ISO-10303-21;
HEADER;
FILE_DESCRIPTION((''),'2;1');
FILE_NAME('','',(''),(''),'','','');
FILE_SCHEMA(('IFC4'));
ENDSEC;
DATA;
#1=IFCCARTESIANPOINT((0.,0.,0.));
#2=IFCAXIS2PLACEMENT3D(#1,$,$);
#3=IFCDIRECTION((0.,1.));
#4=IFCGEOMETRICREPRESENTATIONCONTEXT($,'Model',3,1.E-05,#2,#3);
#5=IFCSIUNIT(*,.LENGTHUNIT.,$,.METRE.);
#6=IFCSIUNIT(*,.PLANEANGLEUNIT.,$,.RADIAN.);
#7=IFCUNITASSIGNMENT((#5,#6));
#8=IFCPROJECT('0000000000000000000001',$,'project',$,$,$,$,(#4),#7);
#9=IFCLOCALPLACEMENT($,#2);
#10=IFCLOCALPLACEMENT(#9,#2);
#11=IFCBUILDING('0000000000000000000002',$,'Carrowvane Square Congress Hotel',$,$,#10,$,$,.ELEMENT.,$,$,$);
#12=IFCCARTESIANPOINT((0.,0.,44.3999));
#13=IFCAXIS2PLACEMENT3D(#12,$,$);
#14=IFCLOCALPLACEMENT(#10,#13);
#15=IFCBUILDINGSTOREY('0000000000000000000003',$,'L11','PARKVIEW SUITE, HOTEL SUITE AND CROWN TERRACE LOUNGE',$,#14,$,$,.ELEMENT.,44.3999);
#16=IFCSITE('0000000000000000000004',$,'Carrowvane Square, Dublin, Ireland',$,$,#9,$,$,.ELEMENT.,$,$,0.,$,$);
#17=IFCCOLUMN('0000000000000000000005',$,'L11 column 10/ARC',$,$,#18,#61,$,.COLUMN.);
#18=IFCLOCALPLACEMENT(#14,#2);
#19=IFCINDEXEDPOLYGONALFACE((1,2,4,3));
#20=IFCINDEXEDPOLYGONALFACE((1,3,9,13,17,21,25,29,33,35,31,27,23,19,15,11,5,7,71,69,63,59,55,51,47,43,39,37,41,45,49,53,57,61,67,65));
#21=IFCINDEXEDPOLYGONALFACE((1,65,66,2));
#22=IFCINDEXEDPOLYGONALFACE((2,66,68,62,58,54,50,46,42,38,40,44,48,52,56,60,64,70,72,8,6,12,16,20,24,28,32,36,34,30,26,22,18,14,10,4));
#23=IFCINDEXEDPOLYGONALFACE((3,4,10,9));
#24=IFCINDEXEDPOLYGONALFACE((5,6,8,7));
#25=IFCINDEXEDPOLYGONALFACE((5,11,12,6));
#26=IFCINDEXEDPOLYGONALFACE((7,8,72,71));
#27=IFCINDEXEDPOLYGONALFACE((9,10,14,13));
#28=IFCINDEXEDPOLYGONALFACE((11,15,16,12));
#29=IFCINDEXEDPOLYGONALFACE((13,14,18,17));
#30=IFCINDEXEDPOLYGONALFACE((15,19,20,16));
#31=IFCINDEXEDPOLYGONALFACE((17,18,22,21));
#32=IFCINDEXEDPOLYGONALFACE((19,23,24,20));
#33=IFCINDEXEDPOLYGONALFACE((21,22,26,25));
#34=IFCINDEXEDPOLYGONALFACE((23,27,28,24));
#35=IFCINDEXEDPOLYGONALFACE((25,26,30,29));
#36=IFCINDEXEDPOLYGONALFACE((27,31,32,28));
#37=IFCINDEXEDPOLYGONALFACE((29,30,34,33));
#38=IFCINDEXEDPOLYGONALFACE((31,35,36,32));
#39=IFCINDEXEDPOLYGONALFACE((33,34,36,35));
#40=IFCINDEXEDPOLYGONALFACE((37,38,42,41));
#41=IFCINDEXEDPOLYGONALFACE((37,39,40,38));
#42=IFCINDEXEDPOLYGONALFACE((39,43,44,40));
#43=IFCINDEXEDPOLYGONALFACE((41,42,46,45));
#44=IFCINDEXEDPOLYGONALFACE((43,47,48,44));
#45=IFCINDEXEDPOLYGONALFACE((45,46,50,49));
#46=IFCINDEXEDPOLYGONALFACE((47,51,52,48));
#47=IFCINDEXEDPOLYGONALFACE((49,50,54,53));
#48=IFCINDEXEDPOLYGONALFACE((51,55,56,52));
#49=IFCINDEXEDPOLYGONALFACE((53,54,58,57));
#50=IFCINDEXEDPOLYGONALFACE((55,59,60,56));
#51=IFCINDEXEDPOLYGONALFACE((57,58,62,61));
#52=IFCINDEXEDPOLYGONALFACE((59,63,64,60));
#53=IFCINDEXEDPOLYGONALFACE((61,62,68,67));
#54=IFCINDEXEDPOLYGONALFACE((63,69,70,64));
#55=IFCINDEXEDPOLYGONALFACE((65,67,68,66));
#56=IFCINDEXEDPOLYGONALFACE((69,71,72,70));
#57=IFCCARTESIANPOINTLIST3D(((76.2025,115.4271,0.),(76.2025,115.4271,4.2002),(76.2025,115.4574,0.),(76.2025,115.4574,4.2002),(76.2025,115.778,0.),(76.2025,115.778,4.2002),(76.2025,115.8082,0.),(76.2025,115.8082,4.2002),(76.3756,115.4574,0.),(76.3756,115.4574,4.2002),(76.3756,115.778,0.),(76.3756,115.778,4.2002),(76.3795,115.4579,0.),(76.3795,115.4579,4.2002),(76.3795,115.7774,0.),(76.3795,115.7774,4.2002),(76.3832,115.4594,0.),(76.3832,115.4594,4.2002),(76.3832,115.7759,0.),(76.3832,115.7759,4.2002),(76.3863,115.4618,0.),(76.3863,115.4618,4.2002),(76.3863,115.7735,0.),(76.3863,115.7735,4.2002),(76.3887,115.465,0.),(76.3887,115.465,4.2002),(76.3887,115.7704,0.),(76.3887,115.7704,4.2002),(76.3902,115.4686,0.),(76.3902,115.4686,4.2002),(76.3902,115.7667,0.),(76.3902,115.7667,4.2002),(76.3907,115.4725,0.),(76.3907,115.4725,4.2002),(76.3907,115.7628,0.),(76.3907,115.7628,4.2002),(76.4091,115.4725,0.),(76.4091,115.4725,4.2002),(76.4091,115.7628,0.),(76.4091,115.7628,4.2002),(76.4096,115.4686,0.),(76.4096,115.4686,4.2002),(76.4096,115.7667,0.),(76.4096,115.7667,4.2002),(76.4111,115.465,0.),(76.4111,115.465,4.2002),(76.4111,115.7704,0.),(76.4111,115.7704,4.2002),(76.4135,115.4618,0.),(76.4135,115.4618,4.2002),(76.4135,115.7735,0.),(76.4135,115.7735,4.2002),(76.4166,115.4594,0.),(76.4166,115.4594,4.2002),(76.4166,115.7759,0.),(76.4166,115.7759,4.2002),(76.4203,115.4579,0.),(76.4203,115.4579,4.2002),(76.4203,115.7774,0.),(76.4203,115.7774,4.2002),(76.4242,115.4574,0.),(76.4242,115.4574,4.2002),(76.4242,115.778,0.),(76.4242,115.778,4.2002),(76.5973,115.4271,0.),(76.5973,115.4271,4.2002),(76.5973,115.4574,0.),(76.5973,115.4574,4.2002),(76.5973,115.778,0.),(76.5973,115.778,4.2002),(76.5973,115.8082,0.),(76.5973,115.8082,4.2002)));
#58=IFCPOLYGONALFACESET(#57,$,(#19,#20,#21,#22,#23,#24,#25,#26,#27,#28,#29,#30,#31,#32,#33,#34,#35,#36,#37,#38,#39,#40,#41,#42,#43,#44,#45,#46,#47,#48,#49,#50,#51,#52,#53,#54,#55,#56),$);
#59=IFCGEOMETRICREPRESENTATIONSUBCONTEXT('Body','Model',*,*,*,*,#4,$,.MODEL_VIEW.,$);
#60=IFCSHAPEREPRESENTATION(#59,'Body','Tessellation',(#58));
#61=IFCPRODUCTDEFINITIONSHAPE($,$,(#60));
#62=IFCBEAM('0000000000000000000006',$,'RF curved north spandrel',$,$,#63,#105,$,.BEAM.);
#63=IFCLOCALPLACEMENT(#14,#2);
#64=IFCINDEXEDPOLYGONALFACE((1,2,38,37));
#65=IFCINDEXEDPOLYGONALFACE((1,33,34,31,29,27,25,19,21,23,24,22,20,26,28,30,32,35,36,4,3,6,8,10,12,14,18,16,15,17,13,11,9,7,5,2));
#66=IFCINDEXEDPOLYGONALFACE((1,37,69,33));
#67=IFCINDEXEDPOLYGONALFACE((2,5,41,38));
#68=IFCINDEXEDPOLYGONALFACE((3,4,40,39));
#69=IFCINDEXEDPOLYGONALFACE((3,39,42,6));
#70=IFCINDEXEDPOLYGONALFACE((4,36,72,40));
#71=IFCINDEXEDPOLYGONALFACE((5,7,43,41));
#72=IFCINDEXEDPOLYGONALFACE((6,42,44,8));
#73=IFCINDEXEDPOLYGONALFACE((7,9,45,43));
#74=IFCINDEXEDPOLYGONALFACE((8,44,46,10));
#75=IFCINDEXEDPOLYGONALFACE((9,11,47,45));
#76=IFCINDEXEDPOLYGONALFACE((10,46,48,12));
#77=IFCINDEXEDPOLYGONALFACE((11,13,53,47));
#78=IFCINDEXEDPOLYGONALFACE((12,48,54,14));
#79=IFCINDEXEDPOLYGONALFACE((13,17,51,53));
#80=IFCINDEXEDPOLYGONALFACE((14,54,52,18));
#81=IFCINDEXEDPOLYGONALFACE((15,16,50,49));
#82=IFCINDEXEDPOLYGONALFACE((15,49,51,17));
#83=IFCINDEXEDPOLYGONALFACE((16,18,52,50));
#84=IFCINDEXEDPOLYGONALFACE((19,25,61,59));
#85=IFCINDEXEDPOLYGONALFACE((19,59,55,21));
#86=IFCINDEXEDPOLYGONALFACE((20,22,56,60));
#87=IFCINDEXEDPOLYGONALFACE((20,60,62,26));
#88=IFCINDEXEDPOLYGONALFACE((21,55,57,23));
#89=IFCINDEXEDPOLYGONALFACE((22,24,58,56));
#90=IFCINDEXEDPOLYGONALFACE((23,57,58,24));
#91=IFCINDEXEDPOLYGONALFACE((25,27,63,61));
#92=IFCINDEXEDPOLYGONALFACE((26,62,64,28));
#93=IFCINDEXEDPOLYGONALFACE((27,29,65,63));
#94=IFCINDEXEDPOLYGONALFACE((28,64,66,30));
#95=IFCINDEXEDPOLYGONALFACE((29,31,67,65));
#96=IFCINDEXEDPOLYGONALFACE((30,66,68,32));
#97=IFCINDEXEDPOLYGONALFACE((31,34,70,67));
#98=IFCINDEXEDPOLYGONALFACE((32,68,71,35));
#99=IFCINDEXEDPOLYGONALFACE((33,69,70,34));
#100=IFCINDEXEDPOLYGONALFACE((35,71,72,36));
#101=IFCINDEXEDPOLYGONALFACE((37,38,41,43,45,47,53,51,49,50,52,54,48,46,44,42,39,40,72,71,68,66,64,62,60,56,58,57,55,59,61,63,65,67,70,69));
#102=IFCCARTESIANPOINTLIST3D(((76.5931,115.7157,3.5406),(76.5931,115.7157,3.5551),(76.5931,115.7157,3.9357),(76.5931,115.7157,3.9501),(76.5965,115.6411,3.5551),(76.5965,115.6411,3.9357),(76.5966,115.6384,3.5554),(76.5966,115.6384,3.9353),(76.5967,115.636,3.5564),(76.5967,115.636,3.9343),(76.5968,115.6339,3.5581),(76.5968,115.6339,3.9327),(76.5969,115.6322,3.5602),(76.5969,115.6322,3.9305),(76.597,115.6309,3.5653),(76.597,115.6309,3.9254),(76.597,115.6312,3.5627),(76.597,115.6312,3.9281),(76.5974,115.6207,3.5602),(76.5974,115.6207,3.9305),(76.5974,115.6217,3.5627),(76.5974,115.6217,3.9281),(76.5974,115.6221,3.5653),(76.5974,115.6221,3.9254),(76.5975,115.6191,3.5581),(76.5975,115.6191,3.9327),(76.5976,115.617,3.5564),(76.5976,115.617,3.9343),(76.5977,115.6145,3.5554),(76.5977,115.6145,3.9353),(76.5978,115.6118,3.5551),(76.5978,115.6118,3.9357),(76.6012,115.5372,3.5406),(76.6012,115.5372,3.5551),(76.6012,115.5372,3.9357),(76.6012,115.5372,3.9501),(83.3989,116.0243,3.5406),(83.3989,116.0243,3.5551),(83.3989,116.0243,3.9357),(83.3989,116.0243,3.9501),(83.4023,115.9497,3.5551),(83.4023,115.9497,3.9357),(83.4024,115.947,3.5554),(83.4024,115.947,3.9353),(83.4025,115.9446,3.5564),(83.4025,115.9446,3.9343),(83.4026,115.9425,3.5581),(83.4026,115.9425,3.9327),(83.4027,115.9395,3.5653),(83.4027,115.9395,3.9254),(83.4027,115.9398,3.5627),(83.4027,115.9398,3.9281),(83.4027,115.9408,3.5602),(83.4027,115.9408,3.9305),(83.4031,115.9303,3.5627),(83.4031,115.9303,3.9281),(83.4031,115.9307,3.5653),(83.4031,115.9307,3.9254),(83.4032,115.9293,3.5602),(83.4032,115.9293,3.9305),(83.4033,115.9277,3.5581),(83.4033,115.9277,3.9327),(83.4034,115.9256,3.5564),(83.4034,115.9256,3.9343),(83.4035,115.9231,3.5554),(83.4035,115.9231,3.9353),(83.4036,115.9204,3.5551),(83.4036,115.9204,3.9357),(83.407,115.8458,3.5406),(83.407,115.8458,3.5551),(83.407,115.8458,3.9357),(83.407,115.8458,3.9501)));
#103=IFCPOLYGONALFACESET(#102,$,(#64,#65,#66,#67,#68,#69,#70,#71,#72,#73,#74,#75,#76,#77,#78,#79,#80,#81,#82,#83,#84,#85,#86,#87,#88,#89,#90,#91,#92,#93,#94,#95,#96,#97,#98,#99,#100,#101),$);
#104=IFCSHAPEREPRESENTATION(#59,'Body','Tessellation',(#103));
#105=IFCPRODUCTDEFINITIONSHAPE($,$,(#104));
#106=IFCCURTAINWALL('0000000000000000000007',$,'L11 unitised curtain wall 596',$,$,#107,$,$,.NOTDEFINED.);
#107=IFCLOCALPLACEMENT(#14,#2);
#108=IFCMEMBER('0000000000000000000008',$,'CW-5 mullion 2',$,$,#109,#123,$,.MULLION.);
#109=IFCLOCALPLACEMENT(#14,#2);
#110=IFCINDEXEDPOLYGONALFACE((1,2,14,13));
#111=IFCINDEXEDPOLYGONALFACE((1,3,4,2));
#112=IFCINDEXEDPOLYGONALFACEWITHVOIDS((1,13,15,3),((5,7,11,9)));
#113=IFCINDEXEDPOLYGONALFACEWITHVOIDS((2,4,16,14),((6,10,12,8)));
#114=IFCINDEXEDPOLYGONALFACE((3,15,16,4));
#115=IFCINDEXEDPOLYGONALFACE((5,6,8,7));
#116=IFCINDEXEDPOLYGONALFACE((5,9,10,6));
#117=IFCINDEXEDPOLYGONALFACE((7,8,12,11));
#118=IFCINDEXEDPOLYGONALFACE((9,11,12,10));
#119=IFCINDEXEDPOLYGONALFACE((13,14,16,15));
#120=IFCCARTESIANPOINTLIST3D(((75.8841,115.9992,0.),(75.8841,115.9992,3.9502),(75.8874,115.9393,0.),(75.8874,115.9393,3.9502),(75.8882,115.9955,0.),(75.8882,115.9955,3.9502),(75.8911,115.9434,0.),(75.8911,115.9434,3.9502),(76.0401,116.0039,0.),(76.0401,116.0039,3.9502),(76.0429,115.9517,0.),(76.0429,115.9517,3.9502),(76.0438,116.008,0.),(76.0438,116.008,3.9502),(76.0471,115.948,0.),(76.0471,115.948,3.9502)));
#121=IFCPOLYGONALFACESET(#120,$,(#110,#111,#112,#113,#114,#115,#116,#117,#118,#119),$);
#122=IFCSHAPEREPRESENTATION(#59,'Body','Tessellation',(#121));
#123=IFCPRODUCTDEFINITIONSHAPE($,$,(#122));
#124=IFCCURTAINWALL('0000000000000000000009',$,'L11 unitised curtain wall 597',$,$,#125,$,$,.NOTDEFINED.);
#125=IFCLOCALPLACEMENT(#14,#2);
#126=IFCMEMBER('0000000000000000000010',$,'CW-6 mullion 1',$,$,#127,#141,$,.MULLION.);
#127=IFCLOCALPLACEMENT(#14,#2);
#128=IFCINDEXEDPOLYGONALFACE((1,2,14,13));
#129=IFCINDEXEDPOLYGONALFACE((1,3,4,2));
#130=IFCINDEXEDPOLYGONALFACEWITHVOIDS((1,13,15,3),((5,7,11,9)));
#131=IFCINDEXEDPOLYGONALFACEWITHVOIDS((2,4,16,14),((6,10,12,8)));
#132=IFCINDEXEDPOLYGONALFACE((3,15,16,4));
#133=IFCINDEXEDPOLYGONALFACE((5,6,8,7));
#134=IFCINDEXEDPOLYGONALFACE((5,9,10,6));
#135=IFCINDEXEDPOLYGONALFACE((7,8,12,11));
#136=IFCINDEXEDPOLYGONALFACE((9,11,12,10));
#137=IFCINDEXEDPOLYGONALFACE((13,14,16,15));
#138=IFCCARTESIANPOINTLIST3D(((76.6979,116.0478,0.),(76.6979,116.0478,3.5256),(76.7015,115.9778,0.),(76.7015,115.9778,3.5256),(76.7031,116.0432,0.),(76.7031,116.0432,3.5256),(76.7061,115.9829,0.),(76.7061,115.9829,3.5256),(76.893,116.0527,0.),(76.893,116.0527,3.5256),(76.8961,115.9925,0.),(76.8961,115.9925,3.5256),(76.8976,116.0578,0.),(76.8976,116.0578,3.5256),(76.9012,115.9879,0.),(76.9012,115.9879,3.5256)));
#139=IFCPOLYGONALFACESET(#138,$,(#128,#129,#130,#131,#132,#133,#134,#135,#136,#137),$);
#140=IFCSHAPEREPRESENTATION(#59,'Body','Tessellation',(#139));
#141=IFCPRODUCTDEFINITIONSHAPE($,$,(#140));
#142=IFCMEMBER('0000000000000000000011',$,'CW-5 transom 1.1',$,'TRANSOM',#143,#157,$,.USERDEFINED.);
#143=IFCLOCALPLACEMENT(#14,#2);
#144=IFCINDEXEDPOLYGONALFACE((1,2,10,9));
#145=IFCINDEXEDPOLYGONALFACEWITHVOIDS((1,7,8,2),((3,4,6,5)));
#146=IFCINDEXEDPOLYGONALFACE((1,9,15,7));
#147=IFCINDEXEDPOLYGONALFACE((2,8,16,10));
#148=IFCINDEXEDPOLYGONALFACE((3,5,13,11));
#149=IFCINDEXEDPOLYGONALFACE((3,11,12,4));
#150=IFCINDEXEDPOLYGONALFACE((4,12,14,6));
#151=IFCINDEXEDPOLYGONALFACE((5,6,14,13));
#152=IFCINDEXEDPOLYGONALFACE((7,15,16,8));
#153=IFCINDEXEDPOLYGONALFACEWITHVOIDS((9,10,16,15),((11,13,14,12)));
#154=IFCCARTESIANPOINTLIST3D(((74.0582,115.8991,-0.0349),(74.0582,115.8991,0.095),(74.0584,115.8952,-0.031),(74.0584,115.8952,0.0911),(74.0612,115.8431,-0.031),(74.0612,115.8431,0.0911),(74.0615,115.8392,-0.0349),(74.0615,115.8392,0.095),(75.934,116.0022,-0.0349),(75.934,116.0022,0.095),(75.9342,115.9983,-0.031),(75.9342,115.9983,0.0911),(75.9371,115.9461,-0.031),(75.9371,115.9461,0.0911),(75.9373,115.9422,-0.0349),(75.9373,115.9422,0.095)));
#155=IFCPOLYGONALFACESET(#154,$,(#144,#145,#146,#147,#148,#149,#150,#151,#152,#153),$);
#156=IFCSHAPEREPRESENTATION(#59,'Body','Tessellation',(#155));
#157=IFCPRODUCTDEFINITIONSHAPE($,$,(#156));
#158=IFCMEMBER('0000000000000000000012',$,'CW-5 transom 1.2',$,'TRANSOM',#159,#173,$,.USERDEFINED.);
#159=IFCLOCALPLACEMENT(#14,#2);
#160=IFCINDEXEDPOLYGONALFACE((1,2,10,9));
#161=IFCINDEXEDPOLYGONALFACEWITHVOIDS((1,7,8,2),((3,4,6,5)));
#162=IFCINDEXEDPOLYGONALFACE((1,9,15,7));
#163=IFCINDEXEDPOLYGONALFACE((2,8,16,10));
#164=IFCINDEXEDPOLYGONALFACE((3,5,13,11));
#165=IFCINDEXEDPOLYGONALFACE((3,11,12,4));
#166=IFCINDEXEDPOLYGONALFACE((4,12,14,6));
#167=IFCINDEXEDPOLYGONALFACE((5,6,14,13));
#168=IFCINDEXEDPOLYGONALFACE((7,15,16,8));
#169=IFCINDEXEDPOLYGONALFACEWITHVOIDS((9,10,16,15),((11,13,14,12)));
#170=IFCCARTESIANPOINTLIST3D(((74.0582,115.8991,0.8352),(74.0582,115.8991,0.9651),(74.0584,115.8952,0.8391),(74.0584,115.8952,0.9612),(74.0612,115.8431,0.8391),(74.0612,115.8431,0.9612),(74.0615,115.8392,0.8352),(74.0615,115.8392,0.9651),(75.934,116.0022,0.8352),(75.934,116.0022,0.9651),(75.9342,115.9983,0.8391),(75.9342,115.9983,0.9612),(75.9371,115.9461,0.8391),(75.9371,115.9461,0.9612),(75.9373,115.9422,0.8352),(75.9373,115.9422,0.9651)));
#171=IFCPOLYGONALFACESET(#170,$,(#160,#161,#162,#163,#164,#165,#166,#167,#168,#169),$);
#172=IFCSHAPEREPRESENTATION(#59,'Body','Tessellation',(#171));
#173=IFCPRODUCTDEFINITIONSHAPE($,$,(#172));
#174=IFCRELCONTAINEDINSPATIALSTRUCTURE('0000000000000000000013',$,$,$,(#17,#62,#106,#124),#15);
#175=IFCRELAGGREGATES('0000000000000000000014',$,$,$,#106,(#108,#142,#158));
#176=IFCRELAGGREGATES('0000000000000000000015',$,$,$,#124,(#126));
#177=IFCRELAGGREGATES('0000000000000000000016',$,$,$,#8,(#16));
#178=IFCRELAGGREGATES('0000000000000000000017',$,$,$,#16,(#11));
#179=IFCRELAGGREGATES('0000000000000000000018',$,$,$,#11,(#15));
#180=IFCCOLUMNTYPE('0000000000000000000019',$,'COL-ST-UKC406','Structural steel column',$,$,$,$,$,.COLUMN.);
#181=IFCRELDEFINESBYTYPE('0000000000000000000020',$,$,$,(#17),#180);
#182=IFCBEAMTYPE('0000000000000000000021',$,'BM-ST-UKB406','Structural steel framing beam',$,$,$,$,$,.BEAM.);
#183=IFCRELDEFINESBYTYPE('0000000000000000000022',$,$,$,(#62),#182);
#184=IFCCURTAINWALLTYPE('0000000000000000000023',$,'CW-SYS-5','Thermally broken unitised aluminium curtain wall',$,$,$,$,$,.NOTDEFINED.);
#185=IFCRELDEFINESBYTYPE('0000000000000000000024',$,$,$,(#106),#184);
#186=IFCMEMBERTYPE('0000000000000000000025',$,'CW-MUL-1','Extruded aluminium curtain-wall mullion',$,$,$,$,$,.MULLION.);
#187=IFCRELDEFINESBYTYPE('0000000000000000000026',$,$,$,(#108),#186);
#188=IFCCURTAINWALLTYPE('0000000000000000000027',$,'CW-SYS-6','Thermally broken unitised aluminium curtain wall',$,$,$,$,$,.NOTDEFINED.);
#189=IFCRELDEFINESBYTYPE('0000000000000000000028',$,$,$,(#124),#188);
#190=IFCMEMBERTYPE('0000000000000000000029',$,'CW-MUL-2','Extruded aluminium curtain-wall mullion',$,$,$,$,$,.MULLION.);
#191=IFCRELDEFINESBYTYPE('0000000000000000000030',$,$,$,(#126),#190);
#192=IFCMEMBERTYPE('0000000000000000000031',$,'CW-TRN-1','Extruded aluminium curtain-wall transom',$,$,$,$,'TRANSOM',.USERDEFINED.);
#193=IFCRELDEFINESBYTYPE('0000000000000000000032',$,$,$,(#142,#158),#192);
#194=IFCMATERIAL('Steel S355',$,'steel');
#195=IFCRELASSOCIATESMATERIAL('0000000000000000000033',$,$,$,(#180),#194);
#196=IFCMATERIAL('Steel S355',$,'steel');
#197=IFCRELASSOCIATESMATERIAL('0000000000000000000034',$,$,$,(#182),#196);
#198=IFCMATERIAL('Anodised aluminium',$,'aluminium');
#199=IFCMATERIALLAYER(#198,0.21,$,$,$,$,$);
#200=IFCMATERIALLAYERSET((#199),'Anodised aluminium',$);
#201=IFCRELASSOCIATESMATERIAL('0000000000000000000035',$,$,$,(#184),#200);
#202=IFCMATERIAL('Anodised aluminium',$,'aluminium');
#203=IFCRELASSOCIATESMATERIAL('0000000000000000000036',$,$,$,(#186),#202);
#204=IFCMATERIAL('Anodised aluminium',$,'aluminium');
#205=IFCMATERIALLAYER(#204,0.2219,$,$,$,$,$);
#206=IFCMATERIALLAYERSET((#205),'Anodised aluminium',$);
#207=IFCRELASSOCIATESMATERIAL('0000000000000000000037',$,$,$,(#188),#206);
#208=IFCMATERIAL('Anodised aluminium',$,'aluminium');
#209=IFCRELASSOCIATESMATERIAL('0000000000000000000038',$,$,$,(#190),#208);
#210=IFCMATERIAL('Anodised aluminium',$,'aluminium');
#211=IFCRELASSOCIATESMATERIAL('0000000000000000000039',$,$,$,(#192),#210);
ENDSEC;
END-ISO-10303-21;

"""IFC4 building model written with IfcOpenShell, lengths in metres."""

from ifc_helpers import new_model, si_unit, direction, frame, origin, origin_2d, place, context, subcontext, project, spatial, hollow_rectangle, i_section, extrude, material, layer, layer_set, material_profile, profile_set, type_object, element, aggregate, save


model = new_model("IFC4")

# Units and contexts
model_context = context("Model", 3, precision=1e-05, world=origin(), true_north=direction((0.0, 1.0)))
body_context = subcontext(model_context, "Body", "Model", "MODEL_VIEW")
ifc_project = project(units=[si_unit("LENGTHUNIT", "METRE"), si_unit("PLANEANGLEUNIT", "RADIAN")], contexts=[model_context])

# Site, building, storey
site_placement = place(None, origin())
site = spatial("IfcSite", under=ifc_project, at=site_placement, Name="Carrowvane Square, Dublin, Ireland", CompositionType="ELEMENT", RefElevation=0.0)
building_placement = place(site_placement, origin())
building = spatial("IfcBuilding", under=site, at=building_placement, Name="Carrowvane Square Congress Hotel", CompositionType="ELEMENT")
storey_placement = place(building_placement, frame((0.0, 0.0, 44.3999)))
storey = spatial("IfcBuildingStorey", under=building, at=storey_placement, Name="L11", Description="PARKVIEW SUITE, HOTEL SUITE AND CROWN TERRACE LOUNGE", CompositionType="ELEMENT", Elevation=44.3999)

# Column
ifc_material_1 = material(Name="Steel S355", Category="steel")
ifc_material_profile_1 = material_profile(ifc_material_1, i_section(OverallWidth=0.3948, OverallDepth=0.3811, WebThickness=0.0183, FlangeThickness=0.0303, FilletRadius=0.0151, at=origin_2d()), Name="UKC 356x406x235")
ifc_profile_set_1 = profile_set([ifc_material_profile_1], Name="Steel S355")
column_type = type_object("IfcColumnType", Name="COL-ST-UKC406", Description="Structural steel column", PredefinedType="COLUMN", material=ifc_profile_set_1)
column_placement = place(storey_placement, frame((76.3999, 115.6177, 0.0), z_axis=(0.0, 0.0, 1.0), x_axis=(1.0, 0.0, 0.0)))
element("IfcColumn", 1, at=column_placement, inside=storey, type_object=column_type, Name="L11 column 10/ARC", PredefinedType="COLUMN", context=body_context, shape_type="SweptSolid", body=[
    extrude(i_section(OverallWidth=0.3948, OverallDepth=0.3811, WebThickness=0.0183, FlangeThickness=0.0303, FilletRadius=0.0151, at=origin_2d()), origin(), (0.0, 0.0, 1.0), 4.2002),
])

# Beam
ifc_material_2 = material(Name="Steel S355", Category="steel")
ifc_material_profile_2 = material_profile(ifc_material_2, i_section(OverallWidth=0.1787, OverallDepth=0.4094, WebThickness=0.0088, FlangeThickness=0.0144, FilletRadius=0.0103, at=origin_2d()), Name="UKB 406x178x67")
ifc_profile_set_2 = profile_set([ifc_material_profile_2], Name="Steel S355")
beam_type = type_object("IfcBeamType", Name="BM-ST-UKB406", Description="Structural steel framing beam", PredefinedType="BEAM", material=ifc_profile_set_2)
beam_placement = place(storey_placement, frame((76.5972, 115.6265, 3.7454), z_axis=(0.998974, 0.045297, 0.0), x_axis=(-0.045297, 0.998974, 0.0)))
element("IfcBeam", 2, at=beam_placement, inside=storey, type_object=beam_type, Name="RF curved north spandrel", PredefinedType="BEAM", context=body_context, shape_type="SweptSolid", body=[
    extrude(i_section(OverallWidth=0.1787, OverallDepth=0.4094, WebThickness=0.0088, FlangeThickness=0.0144, FilletRadius=0.0103, at=origin_2d()), origin(), (0.0, 0.0, 1.0), 6.8127),
])

# Curtain walls, members
ifc_material_3 = material(Name="Anodised aluminium", Category="aluminium")
ifc_layer_1 = layer(ifc_material_3, 0.21)
ifc_layer_set_1 = layer_set([ifc_layer_1], Name="Anodised aluminium")
curtain_wall_type_1 = type_object("IfcCurtainWallType", Name="CW-SYS-5", Description="Thermally broken unitised aluminium curtain wall", PredefinedType="NOTDEFINED", material=ifc_layer_set_1)
curtain_wall_1_placement = place(storey_placement, origin())
curtain_wall_1 = element("IfcCurtainWall", 3, at=curtain_wall_1_placement, inside=storey, type_object=curtain_wall_type_1, Name="L11 unitised curtain wall 596", PredefinedType="NOTDEFINED")
ifc_material_4 = material(Name="Anodised aluminium", Category="aluminium")
ifc_material_profile_3 = material_profile(ifc_material_4, hollow_rectangle(XDim=0.0601, YDim=0.1599, WallThickness=0.0039, at=origin_2d()), Name="CW-ML 60x160x4")
ifc_profile_set_3 = profile_set([ifc_material_profile_3], Name="Anodised aluminium")
member_type_1 = type_object("IfcMemberType", Name="CW-MUL-1", Description="Extruded aluminium curtain-wall mullion", PredefinedType="MULLION", material=ifc_profile_set_3)
member_1_placement = place(storey_placement, frame((75.9656, 115.9736, 0.0), z_axis=(0.0, 0.0, 1.0), x_axis=(-0.054816, 0.998496, 0.0)))
member_1 = element("IfcMember", 4, at=member_1_placement, type_object=member_type_1, Name="CW-5 mullion 2", PredefinedType="MULLION", context=body_context, shape_type="SweptSolid", body=[
    extrude(hollow_rectangle(XDim=0.0601, YDim=0.1599, WallThickness=0.0039, at=origin_2d()), origin(), (0.0, 0.0, 1.0), 3.9502),
])
ifc_material_5 = material(Name="Anodised aluminium", Category="aluminium")
ifc_layer_2 = layer(ifc_material_5, 0.2219)
ifc_layer_set_2 = layer_set([ifc_layer_2], Name="Anodised aluminium")
curtain_wall_type_2 = type_object("IfcCurtainWallType", Name="CW-SYS-6", Description="Thermally broken unitised aluminium curtain wall", PredefinedType="NOTDEFINED", material=ifc_layer_set_2)
curtain_wall_2_placement = place(storey_placement, origin())
curtain_wall_2 = element("IfcCurtainWall", 5, at=curtain_wall_2_placement, inside=storey, type_object=curtain_wall_type_2, Name="L11 unitised curtain wall 597", PredefinedType="NOTDEFINED")
ifc_material_6 = material(Name="Anodised aluminium", Category="aluminium")
ifc_material_profile_4 = material_profile(ifc_material_6, hollow_rectangle(XDim=0.0701, YDim=0.2, WallThickness=0.0049, at=origin_2d()), Name="CW-ML 70x200x5")
ifc_profile_set_4 = profile_set([ifc_material_profile_4], Name="Anodised aluminium")
member_type_2 = type_object("IfcMemberType", Name="CW-MUL-2", Description="Extruded aluminium curtain-wall mullion", PredefinedType="MULLION", material=ifc_profile_set_4)
member_2_placement = place(storey_placement, frame((76.7996, 116.0178, 0.0), z_axis=(0.0, 0.0, 1.0), x_axis=(-0.050324, 0.998733, 0.0)))
member_2 = element("IfcMember", 6, at=member_2_placement, type_object=member_type_2, Name="CW-6 mullion 1", PredefinedType="MULLION", context=body_context, shape_type="SweptSolid", body=[
    extrude(hollow_rectangle(XDim=0.0701, YDim=0.2, WallThickness=0.0049, at=origin_2d()), origin(), (0.0, 0.0, 1.0), 3.5256),
])

# Members
ifc_material_7 = material(Name="Anodised aluminium", Category="aluminium")
ifc_material_profile_5 = material_profile(ifc_material_7, hollow_rectangle(XDim=0.0601, YDim=0.1299, WallThickness=0.0039, at=origin_2d()), Name="CW-TR 60x130x4")
ifc_profile_set_5 = profile_set([ifc_material_profile_5], Name="Anodised aluminium")
member_type_3 = type_object("IfcMemberType", Name="CW-TRN-1", Description="Extruded aluminium curtain-wall transom", ElementType="TRANSOM", PredefinedType="USERDEFINED", material=ifc_profile_set_5)
member_3_placement = place(storey_placement, frame((74.0598, 115.8691, 0.03), z_axis=(0.998495, 0.054844, 0.0), x_axis=(-0.054844, 0.998495, 0.0)))
member_3 = element("IfcMember", 7, at=member_3_placement, type_object=member_type_3, Name="CW-5 transom 1.1", ObjectType="TRANSOM", PredefinedType="USERDEFINED", context=body_context, shape_type="SweptSolid", body=[
    extrude(hollow_rectangle(XDim=0.0601, YDim=0.1299, WallThickness=0.0039, at=origin_2d()), origin(), (0.0, 0.0, 1.0), 1.8787),
])
member_4_placement = place(storey_placement, frame((74.0598, 115.8691, 0.9001), z_axis=(0.998495, 0.054844, 0.0), x_axis=(-0.054844, 0.998495, 0.0)))
member_4 = element("IfcMember", 8, at=member_4_placement, type_object=member_type_3, Name="CW-5 transom 1.2", ObjectType="TRANSOM", PredefinedType="USERDEFINED", context=body_context, shape_type="SweptSolid", body=[
    extrude(hollow_rectangle(XDim=0.0601, YDim=0.1299, WallThickness=0.0039, at=origin_2d()), origin(), (0.0, 0.0, 1.0), 1.8787),
])

aggregate(curtain_wall_1, [member_1, member_3, member_4])
aggregate(curtain_wall_2, [member_2])

save(model, "model.ifc")
